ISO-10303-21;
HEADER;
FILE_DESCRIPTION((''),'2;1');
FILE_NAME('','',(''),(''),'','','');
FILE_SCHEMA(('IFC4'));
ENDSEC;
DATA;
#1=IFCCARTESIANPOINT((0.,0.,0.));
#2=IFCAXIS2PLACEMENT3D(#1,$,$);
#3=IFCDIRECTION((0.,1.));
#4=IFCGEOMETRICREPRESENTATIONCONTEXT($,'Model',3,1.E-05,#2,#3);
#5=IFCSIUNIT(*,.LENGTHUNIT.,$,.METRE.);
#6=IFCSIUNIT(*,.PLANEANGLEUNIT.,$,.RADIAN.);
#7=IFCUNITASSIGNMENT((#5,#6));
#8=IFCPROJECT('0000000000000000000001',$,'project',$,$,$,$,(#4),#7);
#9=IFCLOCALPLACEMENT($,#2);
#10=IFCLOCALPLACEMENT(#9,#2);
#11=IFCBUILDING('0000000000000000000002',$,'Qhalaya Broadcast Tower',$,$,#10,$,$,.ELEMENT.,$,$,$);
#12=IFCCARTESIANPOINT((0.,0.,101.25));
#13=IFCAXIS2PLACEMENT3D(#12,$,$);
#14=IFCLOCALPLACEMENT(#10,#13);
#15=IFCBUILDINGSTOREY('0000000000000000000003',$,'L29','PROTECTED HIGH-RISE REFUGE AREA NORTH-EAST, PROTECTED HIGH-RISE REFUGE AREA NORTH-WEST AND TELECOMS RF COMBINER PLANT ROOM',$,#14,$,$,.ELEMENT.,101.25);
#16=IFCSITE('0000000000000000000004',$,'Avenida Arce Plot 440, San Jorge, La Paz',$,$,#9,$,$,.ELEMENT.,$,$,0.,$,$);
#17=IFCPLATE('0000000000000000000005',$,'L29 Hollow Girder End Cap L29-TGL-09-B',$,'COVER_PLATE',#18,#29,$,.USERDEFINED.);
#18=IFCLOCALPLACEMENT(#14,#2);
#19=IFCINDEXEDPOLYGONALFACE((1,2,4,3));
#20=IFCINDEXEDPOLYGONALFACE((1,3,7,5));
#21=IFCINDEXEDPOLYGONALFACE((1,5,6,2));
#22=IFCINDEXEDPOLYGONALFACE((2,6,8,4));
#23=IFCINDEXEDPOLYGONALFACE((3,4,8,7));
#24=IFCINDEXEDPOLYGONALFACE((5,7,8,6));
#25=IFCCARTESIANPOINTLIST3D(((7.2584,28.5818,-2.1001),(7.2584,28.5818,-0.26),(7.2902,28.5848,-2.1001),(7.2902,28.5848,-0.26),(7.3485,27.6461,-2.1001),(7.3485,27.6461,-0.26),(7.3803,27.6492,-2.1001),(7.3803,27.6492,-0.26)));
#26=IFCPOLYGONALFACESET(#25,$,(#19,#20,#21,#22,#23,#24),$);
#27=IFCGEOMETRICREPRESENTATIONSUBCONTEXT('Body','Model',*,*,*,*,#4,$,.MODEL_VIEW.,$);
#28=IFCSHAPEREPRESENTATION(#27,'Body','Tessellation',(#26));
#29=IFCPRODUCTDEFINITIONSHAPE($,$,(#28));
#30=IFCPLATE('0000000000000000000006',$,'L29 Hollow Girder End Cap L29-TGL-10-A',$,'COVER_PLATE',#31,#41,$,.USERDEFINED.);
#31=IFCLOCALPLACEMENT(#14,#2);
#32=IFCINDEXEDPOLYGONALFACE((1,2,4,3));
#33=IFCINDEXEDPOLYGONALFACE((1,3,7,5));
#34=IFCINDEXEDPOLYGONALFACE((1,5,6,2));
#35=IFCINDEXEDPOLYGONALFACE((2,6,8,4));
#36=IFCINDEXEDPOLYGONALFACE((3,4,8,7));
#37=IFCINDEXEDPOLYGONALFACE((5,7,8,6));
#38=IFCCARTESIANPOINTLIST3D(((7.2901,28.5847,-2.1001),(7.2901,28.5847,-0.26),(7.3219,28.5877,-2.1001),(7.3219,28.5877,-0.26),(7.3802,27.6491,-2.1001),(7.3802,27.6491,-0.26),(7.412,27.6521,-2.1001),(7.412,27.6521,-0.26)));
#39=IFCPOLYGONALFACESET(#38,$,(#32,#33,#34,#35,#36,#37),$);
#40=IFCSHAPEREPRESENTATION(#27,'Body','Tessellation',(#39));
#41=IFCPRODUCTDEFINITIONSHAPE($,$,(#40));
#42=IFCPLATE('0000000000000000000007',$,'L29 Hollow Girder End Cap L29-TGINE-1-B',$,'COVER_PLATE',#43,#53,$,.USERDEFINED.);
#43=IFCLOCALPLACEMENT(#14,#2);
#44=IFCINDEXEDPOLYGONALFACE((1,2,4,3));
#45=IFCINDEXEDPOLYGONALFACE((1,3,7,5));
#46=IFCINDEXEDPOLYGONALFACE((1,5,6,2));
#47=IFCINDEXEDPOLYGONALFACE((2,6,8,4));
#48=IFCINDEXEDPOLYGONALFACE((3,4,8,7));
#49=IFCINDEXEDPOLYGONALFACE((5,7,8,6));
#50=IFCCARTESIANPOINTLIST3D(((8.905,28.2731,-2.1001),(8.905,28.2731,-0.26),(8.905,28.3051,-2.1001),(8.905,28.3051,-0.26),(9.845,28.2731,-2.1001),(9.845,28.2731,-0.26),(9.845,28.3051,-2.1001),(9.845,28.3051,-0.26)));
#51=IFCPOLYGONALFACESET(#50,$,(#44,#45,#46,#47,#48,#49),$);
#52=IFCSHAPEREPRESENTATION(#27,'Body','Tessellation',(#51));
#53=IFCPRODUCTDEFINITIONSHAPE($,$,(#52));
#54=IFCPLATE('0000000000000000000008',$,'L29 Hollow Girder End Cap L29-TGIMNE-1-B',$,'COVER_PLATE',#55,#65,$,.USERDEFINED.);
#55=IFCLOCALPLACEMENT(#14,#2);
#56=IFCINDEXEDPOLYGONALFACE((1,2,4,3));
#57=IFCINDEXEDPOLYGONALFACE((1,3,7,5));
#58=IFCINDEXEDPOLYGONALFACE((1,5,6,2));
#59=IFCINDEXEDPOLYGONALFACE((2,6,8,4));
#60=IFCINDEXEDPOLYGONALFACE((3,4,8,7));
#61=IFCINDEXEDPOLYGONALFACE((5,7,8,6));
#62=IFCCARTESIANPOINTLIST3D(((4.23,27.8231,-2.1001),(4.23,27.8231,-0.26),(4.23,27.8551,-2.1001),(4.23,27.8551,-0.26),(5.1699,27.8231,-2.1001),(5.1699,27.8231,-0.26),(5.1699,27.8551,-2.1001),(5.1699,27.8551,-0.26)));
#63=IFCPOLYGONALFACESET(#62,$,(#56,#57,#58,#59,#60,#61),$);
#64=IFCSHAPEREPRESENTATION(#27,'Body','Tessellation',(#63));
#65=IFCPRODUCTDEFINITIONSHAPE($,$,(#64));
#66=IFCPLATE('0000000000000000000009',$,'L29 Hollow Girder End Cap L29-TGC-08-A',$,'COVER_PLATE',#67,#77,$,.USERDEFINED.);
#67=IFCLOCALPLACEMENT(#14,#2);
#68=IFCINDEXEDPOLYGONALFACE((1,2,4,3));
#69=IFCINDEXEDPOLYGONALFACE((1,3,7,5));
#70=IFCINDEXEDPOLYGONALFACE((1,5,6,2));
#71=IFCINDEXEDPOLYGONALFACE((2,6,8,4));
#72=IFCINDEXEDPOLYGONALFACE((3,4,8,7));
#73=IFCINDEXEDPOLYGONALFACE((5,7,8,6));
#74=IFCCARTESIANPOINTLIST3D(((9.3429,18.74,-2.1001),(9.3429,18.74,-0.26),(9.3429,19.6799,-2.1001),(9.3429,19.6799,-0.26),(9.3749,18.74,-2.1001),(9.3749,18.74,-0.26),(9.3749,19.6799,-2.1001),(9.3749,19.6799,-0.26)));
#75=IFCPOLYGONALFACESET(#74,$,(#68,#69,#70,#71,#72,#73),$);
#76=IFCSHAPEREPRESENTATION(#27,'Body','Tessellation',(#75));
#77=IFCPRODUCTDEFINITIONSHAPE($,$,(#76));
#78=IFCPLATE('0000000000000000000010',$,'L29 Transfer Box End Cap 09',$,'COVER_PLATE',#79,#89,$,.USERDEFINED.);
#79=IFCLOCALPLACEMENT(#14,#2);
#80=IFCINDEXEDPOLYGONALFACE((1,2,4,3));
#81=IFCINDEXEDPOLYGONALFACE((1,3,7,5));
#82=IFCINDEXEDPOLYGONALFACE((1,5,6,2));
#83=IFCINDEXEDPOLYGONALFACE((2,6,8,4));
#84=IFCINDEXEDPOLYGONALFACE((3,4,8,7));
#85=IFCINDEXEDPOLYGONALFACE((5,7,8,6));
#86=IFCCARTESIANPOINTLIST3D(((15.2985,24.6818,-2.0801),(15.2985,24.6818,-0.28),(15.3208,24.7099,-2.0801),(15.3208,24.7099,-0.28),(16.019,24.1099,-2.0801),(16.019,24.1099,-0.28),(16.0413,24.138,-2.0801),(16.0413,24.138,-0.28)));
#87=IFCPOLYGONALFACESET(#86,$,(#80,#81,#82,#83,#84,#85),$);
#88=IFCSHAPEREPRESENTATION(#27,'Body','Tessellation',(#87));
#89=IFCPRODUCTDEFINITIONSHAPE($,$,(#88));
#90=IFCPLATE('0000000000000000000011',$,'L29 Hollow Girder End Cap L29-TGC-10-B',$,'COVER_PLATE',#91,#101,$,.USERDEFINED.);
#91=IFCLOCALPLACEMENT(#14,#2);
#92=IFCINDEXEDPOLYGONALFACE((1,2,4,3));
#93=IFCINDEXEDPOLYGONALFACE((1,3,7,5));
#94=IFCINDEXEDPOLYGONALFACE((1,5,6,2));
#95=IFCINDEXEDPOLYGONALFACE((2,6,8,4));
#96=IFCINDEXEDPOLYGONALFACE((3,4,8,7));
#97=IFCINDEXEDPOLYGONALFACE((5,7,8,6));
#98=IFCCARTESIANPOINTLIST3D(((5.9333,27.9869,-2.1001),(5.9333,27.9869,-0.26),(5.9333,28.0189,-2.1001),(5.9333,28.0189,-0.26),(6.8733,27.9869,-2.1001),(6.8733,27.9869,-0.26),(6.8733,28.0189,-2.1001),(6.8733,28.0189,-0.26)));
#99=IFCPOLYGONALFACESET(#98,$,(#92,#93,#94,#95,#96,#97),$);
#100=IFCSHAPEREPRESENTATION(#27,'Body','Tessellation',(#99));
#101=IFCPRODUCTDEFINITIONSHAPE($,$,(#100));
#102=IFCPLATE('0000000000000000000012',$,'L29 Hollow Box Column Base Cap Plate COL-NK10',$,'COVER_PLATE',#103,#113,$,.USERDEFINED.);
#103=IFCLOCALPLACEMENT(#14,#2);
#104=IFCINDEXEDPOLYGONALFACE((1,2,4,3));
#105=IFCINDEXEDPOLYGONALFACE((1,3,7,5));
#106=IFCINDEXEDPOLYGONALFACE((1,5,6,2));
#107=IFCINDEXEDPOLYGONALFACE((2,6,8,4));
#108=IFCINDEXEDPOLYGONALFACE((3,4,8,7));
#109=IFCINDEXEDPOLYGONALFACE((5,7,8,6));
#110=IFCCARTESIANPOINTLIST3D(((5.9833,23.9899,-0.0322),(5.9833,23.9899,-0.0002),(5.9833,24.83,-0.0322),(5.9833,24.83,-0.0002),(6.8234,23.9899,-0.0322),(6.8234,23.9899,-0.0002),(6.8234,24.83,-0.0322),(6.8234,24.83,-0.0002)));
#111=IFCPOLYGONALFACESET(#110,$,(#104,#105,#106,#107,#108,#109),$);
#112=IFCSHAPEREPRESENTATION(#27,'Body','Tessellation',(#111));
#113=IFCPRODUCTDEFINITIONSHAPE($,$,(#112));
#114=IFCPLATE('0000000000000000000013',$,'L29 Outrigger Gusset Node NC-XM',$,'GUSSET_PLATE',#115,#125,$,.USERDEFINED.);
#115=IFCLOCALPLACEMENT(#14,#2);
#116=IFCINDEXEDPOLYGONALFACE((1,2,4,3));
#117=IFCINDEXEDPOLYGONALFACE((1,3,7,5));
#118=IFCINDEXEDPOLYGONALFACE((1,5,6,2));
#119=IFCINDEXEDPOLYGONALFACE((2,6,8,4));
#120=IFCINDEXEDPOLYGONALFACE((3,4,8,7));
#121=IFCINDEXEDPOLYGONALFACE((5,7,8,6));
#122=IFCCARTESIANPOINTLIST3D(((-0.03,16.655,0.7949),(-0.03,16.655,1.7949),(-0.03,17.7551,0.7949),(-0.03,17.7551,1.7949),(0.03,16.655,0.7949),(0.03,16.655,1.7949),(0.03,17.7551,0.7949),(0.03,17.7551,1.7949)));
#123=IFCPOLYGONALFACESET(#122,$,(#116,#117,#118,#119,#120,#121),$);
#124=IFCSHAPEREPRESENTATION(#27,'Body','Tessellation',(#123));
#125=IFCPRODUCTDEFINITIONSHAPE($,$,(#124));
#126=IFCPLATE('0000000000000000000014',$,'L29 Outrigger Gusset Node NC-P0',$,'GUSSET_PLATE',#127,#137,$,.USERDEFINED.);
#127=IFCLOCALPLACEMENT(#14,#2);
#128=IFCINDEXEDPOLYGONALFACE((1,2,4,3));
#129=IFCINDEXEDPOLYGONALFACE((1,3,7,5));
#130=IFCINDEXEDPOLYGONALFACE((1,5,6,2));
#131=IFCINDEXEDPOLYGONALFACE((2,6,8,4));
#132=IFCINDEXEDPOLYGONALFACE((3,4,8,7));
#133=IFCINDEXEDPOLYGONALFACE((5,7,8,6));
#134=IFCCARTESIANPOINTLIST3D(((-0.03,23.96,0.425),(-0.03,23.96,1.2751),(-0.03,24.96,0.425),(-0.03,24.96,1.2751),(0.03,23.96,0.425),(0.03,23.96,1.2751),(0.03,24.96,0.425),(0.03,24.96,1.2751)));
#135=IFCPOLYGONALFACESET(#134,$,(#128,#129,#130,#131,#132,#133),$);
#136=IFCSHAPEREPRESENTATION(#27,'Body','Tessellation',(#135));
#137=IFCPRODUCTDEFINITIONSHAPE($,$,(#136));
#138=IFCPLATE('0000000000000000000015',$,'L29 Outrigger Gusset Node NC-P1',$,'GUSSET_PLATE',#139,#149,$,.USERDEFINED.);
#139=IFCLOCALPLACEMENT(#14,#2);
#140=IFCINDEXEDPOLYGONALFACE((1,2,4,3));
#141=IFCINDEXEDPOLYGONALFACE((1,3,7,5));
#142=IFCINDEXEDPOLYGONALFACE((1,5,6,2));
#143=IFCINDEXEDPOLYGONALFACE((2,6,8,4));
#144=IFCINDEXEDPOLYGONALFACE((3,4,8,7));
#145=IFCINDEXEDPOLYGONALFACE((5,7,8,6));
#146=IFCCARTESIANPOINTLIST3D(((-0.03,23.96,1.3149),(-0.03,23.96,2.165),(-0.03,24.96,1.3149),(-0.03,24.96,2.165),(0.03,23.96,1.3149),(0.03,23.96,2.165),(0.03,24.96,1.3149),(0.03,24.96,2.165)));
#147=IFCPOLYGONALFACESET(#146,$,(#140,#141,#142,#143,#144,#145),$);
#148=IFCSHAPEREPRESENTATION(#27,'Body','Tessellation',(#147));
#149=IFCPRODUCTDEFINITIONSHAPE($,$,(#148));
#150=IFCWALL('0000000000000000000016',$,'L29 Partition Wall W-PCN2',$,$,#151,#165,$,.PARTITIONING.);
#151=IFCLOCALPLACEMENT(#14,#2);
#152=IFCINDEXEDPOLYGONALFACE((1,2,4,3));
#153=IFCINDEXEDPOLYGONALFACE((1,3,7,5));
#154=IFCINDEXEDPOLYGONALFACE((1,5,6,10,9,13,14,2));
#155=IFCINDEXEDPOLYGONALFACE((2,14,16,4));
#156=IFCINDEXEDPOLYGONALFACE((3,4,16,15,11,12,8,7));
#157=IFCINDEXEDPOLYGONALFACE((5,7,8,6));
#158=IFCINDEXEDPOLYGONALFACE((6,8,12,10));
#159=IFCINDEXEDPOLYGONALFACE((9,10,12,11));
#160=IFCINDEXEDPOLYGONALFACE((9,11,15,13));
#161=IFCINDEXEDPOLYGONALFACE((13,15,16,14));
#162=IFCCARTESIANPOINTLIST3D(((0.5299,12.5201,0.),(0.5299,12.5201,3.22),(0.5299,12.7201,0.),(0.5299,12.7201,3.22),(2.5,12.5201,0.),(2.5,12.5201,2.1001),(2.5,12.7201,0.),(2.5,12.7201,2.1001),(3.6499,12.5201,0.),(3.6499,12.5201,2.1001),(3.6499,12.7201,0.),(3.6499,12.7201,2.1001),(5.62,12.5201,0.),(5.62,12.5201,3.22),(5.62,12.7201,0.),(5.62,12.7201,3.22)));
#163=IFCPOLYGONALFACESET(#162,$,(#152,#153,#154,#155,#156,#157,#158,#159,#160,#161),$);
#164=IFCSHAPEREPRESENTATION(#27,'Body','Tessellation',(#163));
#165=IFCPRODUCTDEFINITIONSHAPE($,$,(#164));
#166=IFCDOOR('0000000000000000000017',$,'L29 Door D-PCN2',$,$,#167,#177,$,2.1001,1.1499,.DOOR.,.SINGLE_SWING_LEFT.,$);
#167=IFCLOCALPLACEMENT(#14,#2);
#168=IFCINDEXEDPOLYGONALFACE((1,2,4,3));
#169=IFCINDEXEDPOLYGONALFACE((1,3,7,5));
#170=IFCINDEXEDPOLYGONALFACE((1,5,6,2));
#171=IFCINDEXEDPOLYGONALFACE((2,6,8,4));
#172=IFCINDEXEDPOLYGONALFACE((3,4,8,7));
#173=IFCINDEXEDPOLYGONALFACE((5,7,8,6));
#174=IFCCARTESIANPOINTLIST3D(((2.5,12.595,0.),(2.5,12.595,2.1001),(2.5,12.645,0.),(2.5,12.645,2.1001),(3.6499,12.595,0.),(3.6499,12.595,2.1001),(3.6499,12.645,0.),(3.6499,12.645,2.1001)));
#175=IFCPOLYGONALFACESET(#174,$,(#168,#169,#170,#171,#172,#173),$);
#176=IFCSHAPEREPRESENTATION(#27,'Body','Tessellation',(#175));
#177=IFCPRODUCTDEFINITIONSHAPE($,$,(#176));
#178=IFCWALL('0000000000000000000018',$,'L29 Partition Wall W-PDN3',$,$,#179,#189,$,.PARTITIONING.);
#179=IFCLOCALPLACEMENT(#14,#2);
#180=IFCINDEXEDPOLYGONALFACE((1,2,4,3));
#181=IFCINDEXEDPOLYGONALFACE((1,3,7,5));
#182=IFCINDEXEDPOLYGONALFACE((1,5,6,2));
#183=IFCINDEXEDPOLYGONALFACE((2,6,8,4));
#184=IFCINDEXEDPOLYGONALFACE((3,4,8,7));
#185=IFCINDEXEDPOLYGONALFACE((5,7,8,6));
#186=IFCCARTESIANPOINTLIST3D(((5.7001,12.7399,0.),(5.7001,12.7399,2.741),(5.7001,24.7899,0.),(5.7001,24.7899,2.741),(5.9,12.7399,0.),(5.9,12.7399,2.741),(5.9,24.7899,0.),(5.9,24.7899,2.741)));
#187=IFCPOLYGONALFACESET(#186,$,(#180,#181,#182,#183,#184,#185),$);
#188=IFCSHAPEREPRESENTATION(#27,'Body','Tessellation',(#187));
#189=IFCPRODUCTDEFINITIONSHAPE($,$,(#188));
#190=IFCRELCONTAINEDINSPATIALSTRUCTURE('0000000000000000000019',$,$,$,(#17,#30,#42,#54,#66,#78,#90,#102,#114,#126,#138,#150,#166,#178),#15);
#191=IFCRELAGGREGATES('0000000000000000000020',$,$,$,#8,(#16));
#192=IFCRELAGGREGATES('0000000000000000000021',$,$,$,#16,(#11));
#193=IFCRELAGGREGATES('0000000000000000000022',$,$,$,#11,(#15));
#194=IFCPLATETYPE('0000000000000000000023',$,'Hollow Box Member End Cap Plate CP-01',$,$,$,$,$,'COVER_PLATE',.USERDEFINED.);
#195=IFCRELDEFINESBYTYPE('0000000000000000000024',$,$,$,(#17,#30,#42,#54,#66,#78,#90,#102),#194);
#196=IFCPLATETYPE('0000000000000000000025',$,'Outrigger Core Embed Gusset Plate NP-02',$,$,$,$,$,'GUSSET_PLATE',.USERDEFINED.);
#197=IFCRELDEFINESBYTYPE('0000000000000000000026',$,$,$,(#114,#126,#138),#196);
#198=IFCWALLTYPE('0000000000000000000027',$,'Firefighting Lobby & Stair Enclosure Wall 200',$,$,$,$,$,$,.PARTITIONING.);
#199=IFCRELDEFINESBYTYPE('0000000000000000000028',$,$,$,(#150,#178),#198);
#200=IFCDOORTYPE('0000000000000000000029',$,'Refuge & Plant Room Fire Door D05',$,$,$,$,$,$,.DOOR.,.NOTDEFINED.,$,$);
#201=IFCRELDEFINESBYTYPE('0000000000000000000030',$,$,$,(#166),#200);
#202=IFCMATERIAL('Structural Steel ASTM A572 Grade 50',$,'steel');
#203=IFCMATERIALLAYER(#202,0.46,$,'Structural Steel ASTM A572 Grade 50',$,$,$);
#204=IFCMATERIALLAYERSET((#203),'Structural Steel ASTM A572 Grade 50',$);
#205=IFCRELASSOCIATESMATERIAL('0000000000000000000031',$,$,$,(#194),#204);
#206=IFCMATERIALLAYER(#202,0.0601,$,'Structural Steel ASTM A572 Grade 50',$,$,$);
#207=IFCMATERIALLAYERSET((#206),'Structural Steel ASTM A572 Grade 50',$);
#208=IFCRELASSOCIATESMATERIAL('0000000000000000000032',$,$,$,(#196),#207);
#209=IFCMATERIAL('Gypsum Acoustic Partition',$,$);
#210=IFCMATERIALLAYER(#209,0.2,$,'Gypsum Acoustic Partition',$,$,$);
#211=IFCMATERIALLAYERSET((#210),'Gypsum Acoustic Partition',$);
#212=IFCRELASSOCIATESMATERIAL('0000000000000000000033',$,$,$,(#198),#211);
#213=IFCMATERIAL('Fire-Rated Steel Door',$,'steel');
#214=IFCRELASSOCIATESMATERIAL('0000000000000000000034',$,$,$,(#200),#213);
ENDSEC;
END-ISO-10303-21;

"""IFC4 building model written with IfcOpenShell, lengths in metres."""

from ifc_helpers import new_model, si_unit, direction, frame, frame_2d, origin, origin_2d, place, context, subcontext, project, spatial, rectangle, extrude, material, layer, layer_set, type_object, element, fill, save


model = new_model("IFC4")

# Units and contexts
model_context = context("Model", 3, precision=1e-05, world=origin(), true_north=direction((0.0, 1.0)))
body_context = subcontext(model_context, "Body", "Model", "MODEL_VIEW")
ifc_project = project(units=[si_unit("LENGTHUNIT", "METRE"), si_unit("PLANEANGLEUNIT", "RADIAN")], contexts=[model_context])

# Site, building, storey
site_placement = place(None, origin())
site = spatial("IfcSite", under=ifc_project, at=site_placement, Name="Avenida Arce Plot 440, San Jorge, La Paz", CompositionType="ELEMENT", RefElevation=0.0)
building_placement = place(site_placement, origin())
building = spatial("IfcBuilding", under=site, at=building_placement, Name="Qhalaya Broadcast Tower", CompositionType="ELEMENT")
storey_placement = place(building_placement, frame((0.0, 0.0, 101.25)))
storey = spatial("IfcBuildingStorey", under=building, at=storey_placement, Name="L29", Description="PROTECTED HIGH-RISE REFUGE AREA NORTH-EAST, PROTECTED HIGH-RISE REFUGE AREA NORTH-WEST AND TELECOMS RF COMBINER PLANT ROOM", CompositionType="ELEMENT", Elevation=101.25)

# Shared definitions
ifc_material_1 = material(Name="Structural Steel ASTM A572 Grade 50", Category="steel")

# Plates
ifc_layer_1 = layer(ifc_material_1, 0.46, Name="Structural Steel ASTM A572 Grade 50")
ifc_layer_set_1 = layer_set([ifc_layer_1], Name="Structural Steel ASTM A572 Grade 50")
plate_type_1 = type_object("IfcPlateType", Name="Hollow Box Member End Cap Plate CP-01", ElementType="COVER_PLATE", PredefinedType="USERDEFINED", material=ifc_layer_set_1)
for number, where, z_axis, x_axis, name in (
    (1, (7.3193, 28.1155, -2.1001), (0.0, 0.0, 1.0), (0.095846, -0.995396, 0.0), "L29 Hollow Girder End Cap L29-TGL-09-B"),
    (2, (7.3511, 28.1184, -2.1001), (0.0, 0.0, 1.0), (0.095846, -0.995396, 0.0), "L29 Hollow Girder End Cap L29-TGL-10-A"),
    (3, (9.375, 28.2891, -2.1001), (0.0, 0.0, 1.0), (-1.0, 0.0, 0.0), "L29 Hollow Girder End Cap L29-TGINE-1-B"),
    (4, (4.7, 27.8391, -2.1001), (0.0, 0.0, 1.0), (-1.0, 0.0, 0.0), "L29 Hollow Girder End Cap L29-TGIMNE-1-B"),
    (5, (9.3589, 19.21, -2.1001), (0.0, 0.0, 1.0), (0.0, 1.0, 0.0), "L29 Hollow Girder End Cap L29-TGC-08-A"),
):
    element("IfcPlate", number, at=place(storey_placement, frame(where, z_axis=z_axis, x_axis=x_axis)), inside=storey, type_object=plate_type_1, Name=name, ObjectType="COVER_PLATE", PredefinedType="USERDEFINED", context=body_context, shape_type="SweptSolid", body=[
        extrude(rectangle(XDim=0.9399, YDim=0.032, at=origin_2d()), origin(), (0.0, 0.0, 1.0), 1.8401),
    ])
plate_1_placement = place(storey_placement, frame((15.6699, 24.4099, -2.0801), z_axis=(0.0, 0.0, 1.0), x_axis=(0.78326, -0.621695, 0.0)))
element("IfcPlate", 6, at=plate_1_placement, inside=storey, type_object=plate_type_1, Name="L29 Transfer Box End Cap 09", ObjectType="COVER_PLATE", PredefinedType="USERDEFINED", context=body_context, shape_type="SweptSolid", body=[
    extrude(rectangle(XDim=0.9199, YDim=0.0359, at=origin_2d()), origin(), (0.0, 0.0, 1.0), 1.8),
])
plate_2_placement = place(storey_placement, frame((6.4033, 28.0029, -2.1001), z_axis=(0.0, 0.0, 1.0), x_axis=(-1.0, 0.0, 0.0)))
element("IfcPlate", 7, at=plate_2_placement, inside=storey, type_object=plate_type_1, Name="L29 Hollow Girder End Cap L29-TGC-10-B", ObjectType="COVER_PLATE", PredefinedType="USERDEFINED", context=body_context, shape_type="SweptSolid", body=[
    extrude(rectangle(XDim=0.9399, YDim=0.032, at=origin_2d()), origin(), (0.0, 0.0, 1.0), 1.8401),
])
plate_3_placement = place(storey_placement, frame((6.4033, 24.4099, -0.0322), z_axis=(0.0, 0.0, 1.0), x_axis=(1.0, 0.0, 0.0)))
element("IfcPlate", 8, at=plate_3_placement, inside=storey, type_object=plate_type_1, Name="L29 Hollow Box Column Base Cap Plate COL-NK10", ObjectType="COVER_PLATE", PredefinedType="USERDEFINED", context=body_context, shape_type="SweptSolid", body=[
    extrude(rectangle(XDim=0.8401, YDim=0.8401, at=origin_2d()), origin(), (0.0, 0.0, 1.0), 0.032),
])
ifc_layer_2 = layer(ifc_material_1, 0.0601, Name="Structural Steel ASTM A572 Grade 50")
ifc_layer_set_2 = layer_set([ifc_layer_2], Name="Structural Steel ASTM A572 Grade 50")
plate_type_2 = type_object("IfcPlateType", Name="Outrigger Core Embed Gusset Plate NP-02", ElementType="GUSSET_PLATE", PredefinedType="USERDEFINED", material=ifc_layer_set_2)
plate_4_placement = place(storey_placement, frame((0.0, 17.2051, 0.7949), z_axis=(0.0, 0.0, 1.0), x_axis=(0.0, 1.0, 0.0)))
element("IfcPlate", 9, at=plate_4_placement, inside=storey, type_object=plate_type_2, Name="L29 Outrigger Gusset Node NC-XM", ObjectType="GUSSET_PLATE", PredefinedType="USERDEFINED", context=body_context, shape_type="SweptSolid", body=[
    extrude(rectangle(XDim=1.1001, YDim=0.0601, at=origin_2d()), origin(), (0.0, 0.0, 1.0), 1.0),
])
for number, where, z_axis, x_axis, name in (
    (10, (0.0, 24.46, 0.425), (0.0, 0.0, 1.0), (0.0, 1.0, 0.0), "L29 Outrigger Gusset Node NC-P0"),
    (11, (0.0, 24.46, 1.3149), (0.0, 0.0, 1.0), (0.0, 1.0, 0.0), "L29 Outrigger Gusset Node NC-P1"),
):
    element("IfcPlate", number, at=place(storey_placement, frame(where, z_axis=z_axis, x_axis=x_axis)), inside=storey, type_object=plate_type_2, Name=name, ObjectType="GUSSET_PLATE", PredefinedType="USERDEFINED", context=body_context, shape_type="SweptSolid", body=[
        extrude(rectangle(XDim=1.0, YDim=0.0601, at=origin_2d()), origin(), (0.0, 0.0, 1.0), 0.8501),
    ])

# Wall, opening, door
ifc_material_2 = material(Name="Gypsum Acoustic Partition")
ifc_layer_3 = layer(ifc_material_2, 0.2, Name="Gypsum Acoustic Partition")
ifc_layer_set_3 = layer_set([ifc_layer_3], Name="Gypsum Acoustic Partition")
wall_type = type_object("IfcWallType", Name="Firefighting Lobby & Stair Enclosure Wall 200", PredefinedType="PARTITIONING", material=ifc_layer_set_3)
wall_1_placement = place(storey_placement, frame((0.53, 12.6201, 0.0), z_axis=(0.0, 0.0, 1.0), x_axis=(1.0, 0.0, 0.0)))
wall_1 = element("IfcWall", 12, at=wall_1_placement, inside=storey, type_object=wall_type, Name="L29 Partition Wall W-PCN2", PredefinedType="PARTITIONING", context=body_context, shape_type="SweptSolid", body=[
    extrude(rectangle(XDim=5.0901, YDim=0.2, at=frame_2d((2.5449, 0.0))), origin(), (0.0, 0.0, 1.0), 3.22),
])
opening_1_placement = place(wall_1_placement, frame((1.97, 0.0, 0.0)))
opening_1 = element("IfcOpeningElement", 13, at=opening_1_placement, cuts=wall_1, PredefinedType="OPENING", context=body_context, shape_type="SweptSolid", body=[
    extrude(rectangle(XDim=1.1499, YDim=2.1001, at=frame_2d((0.575, 1.05))), frame((0.0, 0.1121, 0.0), z_axis=(0.0, -1.0, 0.0), x_axis=(1.0, 0.0, 0.0)), (0.0, 0.0, 1.0), 0.2239),
])
ifc_material_3 = material(Name="Fire-Rated Steel Door", Category="steel")
door_type = type_object("IfcDoorType", Name="Refuge & Plant Room Fire Door D05", OperationType="NOTDEFINED", PredefinedType="DOOR", material=ifc_material_3)
door_1_placement = place(opening_1_placement, origin())
door_1 = element("IfcDoor", 14, at=door_1_placement, inside=storey, type_object=door_type, Name="L29 Door D-PCN2", OperationType="SINGLE_SWING_LEFT", OverallHeight=2.1001, OverallWidth=1.1499, PredefinedType="DOOR", context=body_context, shape_type="SweptSolid", body=[
    extrude(rectangle(XDim=1.1499, YDim=2.1001, at=frame_2d((0.575, 1.05))), frame((0.0, 0.0249, 0.0), z_axis=(0.0, -1.0, 0.0), x_axis=(1.0, 0.0, 0.0)), (0.0, 0.0, 1.0), 0.05),
])
fill(opening_1, door_1)

# Wall
wall_2_placement = place(storey_placement, frame((5.8, 12.74, 0.0), z_axis=(0.0, 0.0, 1.0), x_axis=(0.0, 1.0, 0.0)))
element("IfcWall", 15, at=wall_2_placement, inside=storey, type_object=wall_type, Name="L29 Partition Wall W-PDN3", PredefinedType="PARTITIONING", context=body_context, shape_type="SweptSolid", body=[
    extrude(rectangle(XDim=12.05, YDim=0.2, at=frame_2d((6.0249, 0.0))), origin(), (0.0, 0.0, 1.0), 2.741),
])

save(model, "model.ifc")
